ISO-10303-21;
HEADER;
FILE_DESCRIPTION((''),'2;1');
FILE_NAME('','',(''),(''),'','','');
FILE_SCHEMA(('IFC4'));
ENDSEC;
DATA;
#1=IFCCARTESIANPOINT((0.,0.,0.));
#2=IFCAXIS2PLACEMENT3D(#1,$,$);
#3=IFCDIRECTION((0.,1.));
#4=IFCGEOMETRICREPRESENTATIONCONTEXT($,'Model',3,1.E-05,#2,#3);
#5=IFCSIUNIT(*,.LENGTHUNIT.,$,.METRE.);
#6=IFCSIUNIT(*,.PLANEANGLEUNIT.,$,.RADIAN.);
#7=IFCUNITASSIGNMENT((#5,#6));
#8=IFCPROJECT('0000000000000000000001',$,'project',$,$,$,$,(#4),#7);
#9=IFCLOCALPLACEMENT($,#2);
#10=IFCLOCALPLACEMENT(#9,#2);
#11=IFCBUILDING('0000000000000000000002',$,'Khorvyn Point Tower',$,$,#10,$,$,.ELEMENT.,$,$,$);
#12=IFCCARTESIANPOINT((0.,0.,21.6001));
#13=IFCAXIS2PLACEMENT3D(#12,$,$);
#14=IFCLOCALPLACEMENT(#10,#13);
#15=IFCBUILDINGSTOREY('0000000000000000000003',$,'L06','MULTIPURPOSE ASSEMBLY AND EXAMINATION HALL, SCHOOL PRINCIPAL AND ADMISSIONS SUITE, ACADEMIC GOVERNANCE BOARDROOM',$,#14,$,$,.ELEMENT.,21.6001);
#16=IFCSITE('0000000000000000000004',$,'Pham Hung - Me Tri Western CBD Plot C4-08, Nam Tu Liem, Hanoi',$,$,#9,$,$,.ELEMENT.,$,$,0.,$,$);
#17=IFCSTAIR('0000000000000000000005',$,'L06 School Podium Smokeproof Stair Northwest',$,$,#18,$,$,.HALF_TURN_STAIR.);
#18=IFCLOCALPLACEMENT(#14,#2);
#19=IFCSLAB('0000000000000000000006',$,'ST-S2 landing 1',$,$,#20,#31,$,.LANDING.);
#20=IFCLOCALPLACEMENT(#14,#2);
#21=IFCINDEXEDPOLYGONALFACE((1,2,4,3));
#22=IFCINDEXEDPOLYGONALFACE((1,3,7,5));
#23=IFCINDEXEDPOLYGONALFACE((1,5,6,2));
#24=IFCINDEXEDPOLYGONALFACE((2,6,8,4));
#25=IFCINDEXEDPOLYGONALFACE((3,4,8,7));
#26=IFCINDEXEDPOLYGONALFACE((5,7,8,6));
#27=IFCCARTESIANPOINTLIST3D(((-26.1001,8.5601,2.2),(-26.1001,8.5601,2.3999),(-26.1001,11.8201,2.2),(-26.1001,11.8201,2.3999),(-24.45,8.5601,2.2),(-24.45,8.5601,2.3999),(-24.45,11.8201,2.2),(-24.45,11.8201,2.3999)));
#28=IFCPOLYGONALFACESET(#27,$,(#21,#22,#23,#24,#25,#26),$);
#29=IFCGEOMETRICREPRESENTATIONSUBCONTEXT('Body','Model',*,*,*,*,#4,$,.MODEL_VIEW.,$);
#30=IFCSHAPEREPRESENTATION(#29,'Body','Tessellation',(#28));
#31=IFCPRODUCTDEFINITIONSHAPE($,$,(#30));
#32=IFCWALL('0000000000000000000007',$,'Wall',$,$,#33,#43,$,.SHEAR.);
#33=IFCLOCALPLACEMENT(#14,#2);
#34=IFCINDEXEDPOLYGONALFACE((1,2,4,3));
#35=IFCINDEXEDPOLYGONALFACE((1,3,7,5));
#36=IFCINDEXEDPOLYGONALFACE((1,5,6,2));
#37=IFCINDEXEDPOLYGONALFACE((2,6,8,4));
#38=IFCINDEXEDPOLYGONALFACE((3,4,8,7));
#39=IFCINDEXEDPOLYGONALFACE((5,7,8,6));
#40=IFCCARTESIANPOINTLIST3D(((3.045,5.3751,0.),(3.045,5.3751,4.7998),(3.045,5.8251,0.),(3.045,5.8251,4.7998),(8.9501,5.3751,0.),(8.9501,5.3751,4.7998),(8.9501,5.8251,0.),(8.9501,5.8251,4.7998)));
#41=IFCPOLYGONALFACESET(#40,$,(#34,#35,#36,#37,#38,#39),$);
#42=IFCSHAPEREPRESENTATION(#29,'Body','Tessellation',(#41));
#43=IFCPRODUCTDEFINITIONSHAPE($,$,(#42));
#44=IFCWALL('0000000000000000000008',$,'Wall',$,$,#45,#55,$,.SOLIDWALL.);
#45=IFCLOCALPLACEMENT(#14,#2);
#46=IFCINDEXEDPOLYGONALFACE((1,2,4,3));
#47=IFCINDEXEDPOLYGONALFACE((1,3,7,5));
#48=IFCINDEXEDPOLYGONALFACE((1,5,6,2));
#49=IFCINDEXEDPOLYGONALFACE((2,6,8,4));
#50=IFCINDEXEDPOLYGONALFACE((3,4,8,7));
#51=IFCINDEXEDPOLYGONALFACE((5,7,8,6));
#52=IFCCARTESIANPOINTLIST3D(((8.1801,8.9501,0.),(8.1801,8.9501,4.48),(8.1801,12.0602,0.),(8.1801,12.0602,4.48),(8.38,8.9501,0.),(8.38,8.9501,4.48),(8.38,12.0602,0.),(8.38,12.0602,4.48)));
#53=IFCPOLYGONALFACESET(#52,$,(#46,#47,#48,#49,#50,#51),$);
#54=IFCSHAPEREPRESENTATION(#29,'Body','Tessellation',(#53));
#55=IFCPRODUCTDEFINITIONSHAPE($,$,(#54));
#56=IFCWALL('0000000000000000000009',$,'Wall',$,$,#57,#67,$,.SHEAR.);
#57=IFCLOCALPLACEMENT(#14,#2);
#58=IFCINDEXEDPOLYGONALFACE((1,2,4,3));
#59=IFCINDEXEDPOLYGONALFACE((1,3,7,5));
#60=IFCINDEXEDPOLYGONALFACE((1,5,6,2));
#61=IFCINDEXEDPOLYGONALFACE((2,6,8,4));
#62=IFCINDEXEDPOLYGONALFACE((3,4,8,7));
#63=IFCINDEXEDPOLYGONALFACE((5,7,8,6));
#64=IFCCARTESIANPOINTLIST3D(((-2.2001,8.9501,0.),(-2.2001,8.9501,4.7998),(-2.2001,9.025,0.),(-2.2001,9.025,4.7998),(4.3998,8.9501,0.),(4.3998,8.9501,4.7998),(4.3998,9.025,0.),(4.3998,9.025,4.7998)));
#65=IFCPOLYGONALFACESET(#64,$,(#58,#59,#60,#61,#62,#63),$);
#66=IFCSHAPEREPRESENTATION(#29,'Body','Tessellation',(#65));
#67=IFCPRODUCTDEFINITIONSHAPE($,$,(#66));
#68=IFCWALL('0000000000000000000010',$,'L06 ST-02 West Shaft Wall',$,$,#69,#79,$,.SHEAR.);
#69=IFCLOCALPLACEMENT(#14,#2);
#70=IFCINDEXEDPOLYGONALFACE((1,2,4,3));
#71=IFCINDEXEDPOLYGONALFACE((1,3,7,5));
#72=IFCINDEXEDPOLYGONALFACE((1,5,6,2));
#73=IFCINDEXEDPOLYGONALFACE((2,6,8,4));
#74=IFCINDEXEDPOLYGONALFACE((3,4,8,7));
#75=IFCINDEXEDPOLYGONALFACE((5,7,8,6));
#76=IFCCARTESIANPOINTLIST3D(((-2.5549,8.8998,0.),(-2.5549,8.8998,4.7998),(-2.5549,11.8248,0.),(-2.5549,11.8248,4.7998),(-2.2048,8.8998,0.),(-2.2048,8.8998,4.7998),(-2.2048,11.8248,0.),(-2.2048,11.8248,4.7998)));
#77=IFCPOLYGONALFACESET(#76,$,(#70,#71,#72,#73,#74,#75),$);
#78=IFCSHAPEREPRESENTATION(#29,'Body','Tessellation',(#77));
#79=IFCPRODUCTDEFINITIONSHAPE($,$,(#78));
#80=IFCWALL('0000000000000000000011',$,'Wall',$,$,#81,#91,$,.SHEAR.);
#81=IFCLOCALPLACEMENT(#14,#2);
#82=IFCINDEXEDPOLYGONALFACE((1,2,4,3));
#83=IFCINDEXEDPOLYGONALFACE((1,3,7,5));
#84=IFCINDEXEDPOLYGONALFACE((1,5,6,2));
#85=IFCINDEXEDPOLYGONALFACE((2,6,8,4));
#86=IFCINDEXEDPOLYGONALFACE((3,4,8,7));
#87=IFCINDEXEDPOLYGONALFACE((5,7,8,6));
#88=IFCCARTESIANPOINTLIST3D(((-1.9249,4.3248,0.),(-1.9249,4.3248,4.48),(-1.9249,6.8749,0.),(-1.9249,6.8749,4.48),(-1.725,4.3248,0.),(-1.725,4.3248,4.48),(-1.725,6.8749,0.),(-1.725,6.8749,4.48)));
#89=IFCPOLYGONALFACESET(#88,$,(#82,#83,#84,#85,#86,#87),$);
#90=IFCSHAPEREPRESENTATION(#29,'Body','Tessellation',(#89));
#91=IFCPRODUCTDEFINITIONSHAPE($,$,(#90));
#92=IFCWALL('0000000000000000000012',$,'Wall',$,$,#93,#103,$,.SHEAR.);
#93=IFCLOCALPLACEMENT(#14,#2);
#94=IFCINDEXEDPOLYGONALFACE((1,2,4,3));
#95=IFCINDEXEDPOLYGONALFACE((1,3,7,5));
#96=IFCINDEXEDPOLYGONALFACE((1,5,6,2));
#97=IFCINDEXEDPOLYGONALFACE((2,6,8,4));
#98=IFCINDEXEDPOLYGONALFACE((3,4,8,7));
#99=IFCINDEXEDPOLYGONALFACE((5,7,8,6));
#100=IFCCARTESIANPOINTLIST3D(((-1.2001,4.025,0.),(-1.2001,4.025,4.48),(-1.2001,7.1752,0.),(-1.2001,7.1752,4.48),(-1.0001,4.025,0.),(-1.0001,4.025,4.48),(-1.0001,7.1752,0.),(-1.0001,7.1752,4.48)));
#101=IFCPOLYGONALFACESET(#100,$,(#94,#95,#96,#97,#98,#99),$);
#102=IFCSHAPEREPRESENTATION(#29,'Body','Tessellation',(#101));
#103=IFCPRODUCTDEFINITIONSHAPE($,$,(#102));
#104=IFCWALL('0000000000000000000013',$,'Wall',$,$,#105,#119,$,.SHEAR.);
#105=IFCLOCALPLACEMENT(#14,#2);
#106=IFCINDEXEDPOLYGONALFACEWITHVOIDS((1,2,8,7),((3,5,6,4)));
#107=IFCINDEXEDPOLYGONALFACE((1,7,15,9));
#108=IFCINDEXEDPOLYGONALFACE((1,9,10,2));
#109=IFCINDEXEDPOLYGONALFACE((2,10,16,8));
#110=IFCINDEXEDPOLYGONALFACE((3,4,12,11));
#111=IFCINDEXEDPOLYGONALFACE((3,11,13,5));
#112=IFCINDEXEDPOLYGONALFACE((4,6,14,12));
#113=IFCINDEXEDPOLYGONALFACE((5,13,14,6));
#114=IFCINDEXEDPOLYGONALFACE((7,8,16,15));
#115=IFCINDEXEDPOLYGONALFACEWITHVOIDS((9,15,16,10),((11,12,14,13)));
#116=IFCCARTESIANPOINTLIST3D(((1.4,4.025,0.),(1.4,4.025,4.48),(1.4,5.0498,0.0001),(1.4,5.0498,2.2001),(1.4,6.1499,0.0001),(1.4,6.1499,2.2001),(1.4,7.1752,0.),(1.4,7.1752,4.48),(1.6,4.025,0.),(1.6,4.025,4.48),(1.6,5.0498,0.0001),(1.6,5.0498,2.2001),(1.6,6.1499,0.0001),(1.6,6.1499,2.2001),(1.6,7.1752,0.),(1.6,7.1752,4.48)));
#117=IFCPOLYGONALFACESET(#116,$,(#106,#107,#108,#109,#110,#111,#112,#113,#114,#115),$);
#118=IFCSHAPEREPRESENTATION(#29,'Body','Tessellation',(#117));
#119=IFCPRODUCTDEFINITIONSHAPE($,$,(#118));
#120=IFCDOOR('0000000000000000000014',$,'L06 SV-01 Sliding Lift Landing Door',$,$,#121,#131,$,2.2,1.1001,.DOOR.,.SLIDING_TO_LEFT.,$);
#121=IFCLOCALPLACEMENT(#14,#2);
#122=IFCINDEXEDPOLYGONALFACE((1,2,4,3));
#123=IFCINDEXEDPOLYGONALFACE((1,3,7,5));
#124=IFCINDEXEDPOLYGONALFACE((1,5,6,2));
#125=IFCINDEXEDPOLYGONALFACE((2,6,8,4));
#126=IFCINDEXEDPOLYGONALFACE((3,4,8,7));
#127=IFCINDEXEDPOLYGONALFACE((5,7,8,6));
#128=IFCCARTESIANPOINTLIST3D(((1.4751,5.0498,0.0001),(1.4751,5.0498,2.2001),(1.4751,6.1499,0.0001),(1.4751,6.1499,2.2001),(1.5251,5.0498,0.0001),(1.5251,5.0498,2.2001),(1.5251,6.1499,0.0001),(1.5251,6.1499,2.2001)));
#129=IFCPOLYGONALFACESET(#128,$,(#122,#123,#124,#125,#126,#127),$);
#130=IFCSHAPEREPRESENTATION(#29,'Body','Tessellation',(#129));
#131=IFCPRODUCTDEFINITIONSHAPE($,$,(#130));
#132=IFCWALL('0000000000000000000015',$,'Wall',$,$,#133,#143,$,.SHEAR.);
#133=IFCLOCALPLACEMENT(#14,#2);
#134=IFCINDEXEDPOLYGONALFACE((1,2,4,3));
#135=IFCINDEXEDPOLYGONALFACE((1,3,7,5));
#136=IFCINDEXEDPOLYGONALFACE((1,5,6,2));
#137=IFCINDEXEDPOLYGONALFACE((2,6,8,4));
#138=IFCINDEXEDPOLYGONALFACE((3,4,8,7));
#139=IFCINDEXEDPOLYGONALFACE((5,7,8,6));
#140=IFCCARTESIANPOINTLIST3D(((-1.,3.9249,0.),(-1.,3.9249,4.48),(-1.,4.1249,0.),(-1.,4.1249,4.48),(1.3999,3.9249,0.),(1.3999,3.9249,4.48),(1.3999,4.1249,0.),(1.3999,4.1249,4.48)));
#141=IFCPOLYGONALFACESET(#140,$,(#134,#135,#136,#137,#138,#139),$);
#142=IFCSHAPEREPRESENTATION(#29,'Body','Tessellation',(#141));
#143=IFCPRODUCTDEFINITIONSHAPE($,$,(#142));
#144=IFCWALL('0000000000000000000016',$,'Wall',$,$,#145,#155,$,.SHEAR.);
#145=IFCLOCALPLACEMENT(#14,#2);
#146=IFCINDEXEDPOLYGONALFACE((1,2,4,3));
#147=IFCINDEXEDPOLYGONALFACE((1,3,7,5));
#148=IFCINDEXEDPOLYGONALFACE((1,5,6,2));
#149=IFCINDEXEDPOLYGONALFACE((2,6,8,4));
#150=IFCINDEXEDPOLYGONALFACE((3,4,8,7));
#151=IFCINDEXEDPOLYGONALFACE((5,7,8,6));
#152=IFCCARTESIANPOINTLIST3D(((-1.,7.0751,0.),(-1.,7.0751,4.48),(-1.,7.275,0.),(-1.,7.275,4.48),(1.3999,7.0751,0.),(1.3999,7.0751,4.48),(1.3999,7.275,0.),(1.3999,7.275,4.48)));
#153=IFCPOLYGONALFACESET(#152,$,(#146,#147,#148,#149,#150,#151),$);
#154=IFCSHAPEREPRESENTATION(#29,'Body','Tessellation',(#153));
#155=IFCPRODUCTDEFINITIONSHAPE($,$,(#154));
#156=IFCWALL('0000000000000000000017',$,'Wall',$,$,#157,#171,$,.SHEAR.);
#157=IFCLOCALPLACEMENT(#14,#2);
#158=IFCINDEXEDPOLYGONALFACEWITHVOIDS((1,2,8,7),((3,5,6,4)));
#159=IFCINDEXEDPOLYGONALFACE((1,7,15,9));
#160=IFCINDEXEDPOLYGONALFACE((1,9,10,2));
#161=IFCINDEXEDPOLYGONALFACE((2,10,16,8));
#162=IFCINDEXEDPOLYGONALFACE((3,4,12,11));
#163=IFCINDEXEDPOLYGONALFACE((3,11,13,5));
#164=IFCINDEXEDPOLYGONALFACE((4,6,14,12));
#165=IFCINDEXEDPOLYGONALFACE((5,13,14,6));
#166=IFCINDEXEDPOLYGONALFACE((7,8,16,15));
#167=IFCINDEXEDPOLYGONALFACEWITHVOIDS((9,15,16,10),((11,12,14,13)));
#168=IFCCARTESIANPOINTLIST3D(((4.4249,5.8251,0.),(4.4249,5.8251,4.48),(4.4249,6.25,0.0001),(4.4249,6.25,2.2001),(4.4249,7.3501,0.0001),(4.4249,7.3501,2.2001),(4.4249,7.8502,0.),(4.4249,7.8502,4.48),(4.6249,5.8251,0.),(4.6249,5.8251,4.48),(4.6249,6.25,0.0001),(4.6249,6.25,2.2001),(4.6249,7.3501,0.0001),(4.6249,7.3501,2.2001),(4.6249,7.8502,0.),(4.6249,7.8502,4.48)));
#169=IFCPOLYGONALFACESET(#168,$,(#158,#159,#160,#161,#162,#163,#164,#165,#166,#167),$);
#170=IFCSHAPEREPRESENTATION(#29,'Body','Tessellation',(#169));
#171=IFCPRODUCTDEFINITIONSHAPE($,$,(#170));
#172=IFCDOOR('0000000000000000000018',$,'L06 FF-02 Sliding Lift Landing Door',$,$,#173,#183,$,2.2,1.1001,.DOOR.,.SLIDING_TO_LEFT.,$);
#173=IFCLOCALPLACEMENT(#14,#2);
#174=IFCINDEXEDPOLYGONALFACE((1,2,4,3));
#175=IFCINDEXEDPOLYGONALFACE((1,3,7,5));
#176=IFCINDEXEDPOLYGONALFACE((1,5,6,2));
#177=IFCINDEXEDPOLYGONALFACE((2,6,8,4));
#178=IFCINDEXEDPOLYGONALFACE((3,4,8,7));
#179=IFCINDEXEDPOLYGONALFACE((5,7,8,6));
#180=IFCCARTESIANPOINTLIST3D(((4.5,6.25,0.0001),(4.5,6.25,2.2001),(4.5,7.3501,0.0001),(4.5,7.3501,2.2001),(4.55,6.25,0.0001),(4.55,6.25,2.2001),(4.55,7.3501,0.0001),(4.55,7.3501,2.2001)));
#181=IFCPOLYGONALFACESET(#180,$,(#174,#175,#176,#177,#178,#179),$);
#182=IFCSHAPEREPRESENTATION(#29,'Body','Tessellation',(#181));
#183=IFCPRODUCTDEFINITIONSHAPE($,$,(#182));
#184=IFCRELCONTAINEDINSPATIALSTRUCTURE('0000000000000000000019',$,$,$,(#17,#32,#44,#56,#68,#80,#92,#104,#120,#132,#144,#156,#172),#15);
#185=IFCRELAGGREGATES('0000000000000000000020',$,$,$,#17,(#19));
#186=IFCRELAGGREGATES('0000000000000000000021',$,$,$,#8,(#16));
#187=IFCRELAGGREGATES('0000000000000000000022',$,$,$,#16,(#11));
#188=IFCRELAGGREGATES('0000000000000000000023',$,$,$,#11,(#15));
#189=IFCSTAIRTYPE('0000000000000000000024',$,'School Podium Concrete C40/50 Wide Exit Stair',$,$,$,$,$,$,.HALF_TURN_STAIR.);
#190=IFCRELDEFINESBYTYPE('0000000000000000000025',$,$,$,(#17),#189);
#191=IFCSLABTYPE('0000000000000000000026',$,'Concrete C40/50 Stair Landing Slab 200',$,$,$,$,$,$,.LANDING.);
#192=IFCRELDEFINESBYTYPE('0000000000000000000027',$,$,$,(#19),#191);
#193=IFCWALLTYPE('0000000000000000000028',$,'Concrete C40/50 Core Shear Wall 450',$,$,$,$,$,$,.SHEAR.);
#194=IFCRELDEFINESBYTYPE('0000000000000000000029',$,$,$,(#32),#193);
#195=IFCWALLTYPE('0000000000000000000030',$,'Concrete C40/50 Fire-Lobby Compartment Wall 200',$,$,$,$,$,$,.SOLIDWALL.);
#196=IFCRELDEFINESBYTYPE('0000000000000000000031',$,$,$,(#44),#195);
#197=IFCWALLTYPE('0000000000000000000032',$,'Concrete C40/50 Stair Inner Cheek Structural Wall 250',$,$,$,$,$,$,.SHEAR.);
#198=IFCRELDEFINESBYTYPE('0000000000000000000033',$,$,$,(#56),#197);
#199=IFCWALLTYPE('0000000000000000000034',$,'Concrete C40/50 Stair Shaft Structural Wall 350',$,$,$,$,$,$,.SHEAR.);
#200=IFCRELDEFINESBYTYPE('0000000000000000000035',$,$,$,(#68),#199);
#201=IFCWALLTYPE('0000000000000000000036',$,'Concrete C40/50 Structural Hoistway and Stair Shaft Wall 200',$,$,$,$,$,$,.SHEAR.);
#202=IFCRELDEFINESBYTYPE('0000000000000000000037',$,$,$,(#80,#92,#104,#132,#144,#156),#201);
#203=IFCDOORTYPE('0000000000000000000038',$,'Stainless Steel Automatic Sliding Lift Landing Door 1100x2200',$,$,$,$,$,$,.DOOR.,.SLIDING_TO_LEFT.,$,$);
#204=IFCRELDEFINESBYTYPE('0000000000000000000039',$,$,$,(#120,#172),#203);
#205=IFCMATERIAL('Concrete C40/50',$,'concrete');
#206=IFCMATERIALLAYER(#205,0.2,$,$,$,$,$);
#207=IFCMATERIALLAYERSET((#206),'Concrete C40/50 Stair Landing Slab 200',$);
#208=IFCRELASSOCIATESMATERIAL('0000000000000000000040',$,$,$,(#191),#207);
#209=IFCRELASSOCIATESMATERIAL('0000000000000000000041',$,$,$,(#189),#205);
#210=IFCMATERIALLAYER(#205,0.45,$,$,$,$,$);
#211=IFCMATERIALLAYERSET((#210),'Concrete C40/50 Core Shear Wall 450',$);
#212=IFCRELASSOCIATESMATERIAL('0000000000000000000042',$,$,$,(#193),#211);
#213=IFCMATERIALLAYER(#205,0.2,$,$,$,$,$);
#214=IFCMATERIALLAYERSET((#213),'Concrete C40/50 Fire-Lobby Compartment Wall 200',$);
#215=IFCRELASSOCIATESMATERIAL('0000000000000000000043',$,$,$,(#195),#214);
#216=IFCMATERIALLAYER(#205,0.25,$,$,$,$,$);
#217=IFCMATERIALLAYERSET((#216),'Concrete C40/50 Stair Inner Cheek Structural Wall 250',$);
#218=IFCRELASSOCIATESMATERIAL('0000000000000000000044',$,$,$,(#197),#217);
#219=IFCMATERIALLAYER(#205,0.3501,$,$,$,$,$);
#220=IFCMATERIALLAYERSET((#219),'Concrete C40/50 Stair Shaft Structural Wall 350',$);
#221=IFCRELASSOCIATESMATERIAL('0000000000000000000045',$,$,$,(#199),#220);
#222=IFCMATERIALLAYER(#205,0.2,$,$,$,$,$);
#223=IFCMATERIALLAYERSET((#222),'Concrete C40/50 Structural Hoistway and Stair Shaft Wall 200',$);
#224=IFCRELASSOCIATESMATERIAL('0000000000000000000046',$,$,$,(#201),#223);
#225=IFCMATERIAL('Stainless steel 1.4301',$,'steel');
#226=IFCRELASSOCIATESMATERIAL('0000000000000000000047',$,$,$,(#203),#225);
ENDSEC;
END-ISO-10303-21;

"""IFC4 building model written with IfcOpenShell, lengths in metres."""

from ifc_helpers import new_model, si_unit, direction, frame, frame_2d, origin, place, context, subcontext, project, spatial, polyline, rectangle, outline, extrude, material, layer, layer_set, type_object, element, fill, aggregate, save


model = new_model("IFC4")

# Units and contexts
model_context = context("Model", 3, precision=1e-05, world=origin(), true_north=direction((0.0, 1.0)))
body_context = subcontext(model_context, "Body", "Model", "MODEL_VIEW")
ifc_project = project(units=[si_unit("LENGTHUNIT", "METRE"), si_unit("PLANEANGLEUNIT", "RADIAN")], contexts=[model_context])

# Site, building, storey
site_placement = place(None, origin())
site = spatial("IfcSite", under=ifc_project, at=site_placement, Name="Pham Hung - Me Tri Western CBD Plot C4-08, Nam Tu Liem, Hanoi", CompositionType="ELEMENT", RefElevation=0.0)
building_placement = place(site_placement, origin())
building = spatial("IfcBuilding", under=site, at=building_placement, Name="Khorvyn Point Tower", CompositionType="ELEMENT")
storey_placement = place(building_placement, frame((0.0, 0.0, 21.6001)))
storey = spatial("IfcBuildingStorey", under=building, at=storey_placement, Name="L06", Description="MULTIPURPOSE ASSEMBLY AND EXAMINATION HALL, SCHOOL PRINCIPAL AND ADMISSIONS SUITE, ACADEMIC GOVERNANCE BOARDROOM", CompositionType="ELEMENT", Elevation=21.6001)

# Shared definitions
ifc_material_1 = material(Name="Concrete C40/50", Category="concrete")

# Stair, slab
ifc_layer_1 = layer(ifc_material_1, 0.2)
ifc_layer_set_1 = layer_set([ifc_layer_1], Name="Concrete C40/50 Stair Landing Slab 200")
slab_type = type_object("IfcSlabType", Name="Concrete C40/50 Stair Landing Slab 200", PredefinedType="LANDING", material=ifc_layer_set_1)
stair_type_1 = type_object("IfcStairType", Name="School Podium Concrete C40/50 Wide Exit Stair", PredefinedType="HALF_TURN_STAIR", material=ifc_material_1)
stair_1_placement = place(storey_placement, origin())
stair_1 = element("IfcStair", 1, at=stair_1_placement, inside=storey, type_object=stair_type_1, Name="L06 School Podium Smokeproof Stair Northwest", PredefinedType="HALF_TURN_STAIR")
slab_1_placement = place(storey_placement, frame((0.0, 0.0, 2.2)))
slab_1 = element("IfcSlab", 2, at=slab_1_placement, type_object=slab_type, Name="ST-S2 landing 1", PredefinedType="LANDING", context=body_context, shape_type="SweptSolid", body=[
    extrude(outline(polyline([(-26.1001, 8.5601), (-24.45, 8.5601), (-24.45, 11.8201), (-26.1001, 11.8201), (-26.1001, 8.5601)])), origin(), (0.0, 0.0, 1.0), 0.2),
])
aggregate(stair_1, [slab_1])

# Walls
ifc_layer_2 = layer(ifc_material_1, 0.45)
ifc_layer_set_2 = layer_set([ifc_layer_2], Name="Concrete C40/50 Core Shear Wall 450")
wall_type_1 = type_object("IfcWallType", Name="Concrete C40/50 Core Shear Wall 450", PredefinedType="SHEAR", material=ifc_layer_set_2)
wall_1_placement = place(storey_placement, frame((3.0449, 5.6001, 0.0), z_axis=(0.0, 0.0, 1.0), x_axis=(1.0, 0.0, 0.0)))
element("IfcWall", 3, at=wall_1_placement, inside=storey, type_object=wall_type_1, Name="Wall", PredefinedType="SHEAR", context=body_context, shape_type="SweptSolid", body=[
    extrude(rectangle(XDim=5.905, YDim=0.45, at=frame_2d((2.9526, 0.0))), origin(), (0.0, 0.0, 1.0), 4.7998),
])
ifc_layer_3 = layer(ifc_material_1, 0.2)
ifc_layer_set_3 = layer_set([ifc_layer_3], Name="Concrete C40/50 Fire-Lobby Compartment Wall 200")
wall_type_2 = type_object("IfcWallType", Name="Concrete C40/50 Fire-Lobby Compartment Wall 200", PredefinedType="SOLIDWALL", material=ifc_layer_set_3)
wall_2_placement = place(storey_placement, frame((8.28, 8.95, 0.0), z_axis=(0.0, 0.0, 1.0), x_axis=(0.0, 1.0, 0.0)))
element("IfcWall", 4, at=wall_2_placement, inside=storey, type_object=wall_type_2, Name="Wall", PredefinedType="SOLIDWALL", context=body_context, shape_type="SweptSolid", body=[
    extrude(rectangle(XDim=3.1101, YDim=0.2, at=frame_2d((1.5552, 0.0))), origin(), (0.0, 0.0, 1.0), 4.48),
])
ifc_layer_4 = layer(ifc_material_1, 0.25)
ifc_layer_set_4 = layer_set([ifc_layer_4], Name="Concrete C40/50 Stair Inner Cheek Structural Wall 250")
wall_type_3 = type_object("IfcWallType", Name="Concrete C40/50 Stair Inner Cheek Structural Wall 250", PredefinedType="SHEAR", material=ifc_layer_set_4)
wall_3_placement = place(storey_placement, frame((-2.2, 8.9875, 0.0), z_axis=(0.0, 0.0, 1.0), x_axis=(1.0, 0.0, 0.0)))
element("IfcWall", 5, at=wall_3_placement, inside=storey, type_object=wall_type_3, Name="Wall", PredefinedType="SHEAR", context=body_context, shape_type="SweptSolid", body=[
    extrude(rectangle(XDim=6.5999, YDim=0.075, at=frame_2d((3.2998, 0.0))), origin(), (0.0, 0.0, 1.0), 4.7998),
])
ifc_layer_5 = layer(ifc_material_1, 0.3501)
ifc_layer_set_5 = layer_set([ifc_layer_5], Name="Concrete C40/50 Stair Shaft Structural Wall 350")
wall_type_4 = type_object("IfcWallType", Name="Concrete C40/50 Stair Shaft Structural Wall 350", PredefinedType="SHEAR", material=ifc_layer_set_5)
wall_4_placement = place(storey_placement, frame((-2.3799, 8.8999, 0.0), z_axis=(0.0, 0.0, 1.0), x_axis=(0.0, 1.0, 0.0)))
element("IfcWall", 6, at=wall_4_placement, inside=storey, type_object=wall_type_4, Name="L06 ST-02 West Shaft Wall", PredefinedType="SHEAR", context=body_context, shape_type="SweptSolid", body=[
    extrude(rectangle(XDim=2.925, YDim=0.3501, at=frame_2d((1.4624, 0.0))), origin(), (0.0, 0.0, 1.0), 4.7998),
])
ifc_layer_6 = layer(ifc_material_1, 0.2)
ifc_layer_set_6 = layer_set([ifc_layer_6], Name="Concrete C40/50 Structural Hoistway and Stair Shaft Wall 200")
wall_type_5 = type_object("IfcWallType", Name="Concrete C40/50 Structural Hoistway and Stair Shaft Wall 200", PredefinedType="SHEAR", material=ifc_layer_set_6)
wall_5_placement = place(storey_placement, frame((-1.825, 4.325, 0.0), z_axis=(0.0, 0.0, 1.0), x_axis=(0.0, 1.0, 0.0)))
element("IfcWall", 7, at=wall_5_placement, inside=storey, type_object=wall_type_5, Name="Wall", PredefinedType="SHEAR", context=body_context, shape_type="SweptSolid", body=[
    extrude(rectangle(XDim=2.55, YDim=0.2, at=frame_2d((1.2749, 0.0))), origin(), (0.0, 0.0, 1.0), 4.48),
])
wall_6_placement = place(storey_placement, frame((-1.1001, 4.0249, 0.0), z_axis=(0.0, 0.0, 1.0), x_axis=(0.0, 1.0, 0.0)))
element("IfcWall", 8, at=wall_6_placement, inside=storey, type_object=wall_type_5, Name="Wall", PredefinedType="SHEAR", context=body_context, shape_type="SweptSolid", body=[
    extrude(rectangle(XDim=3.1501, YDim=0.2, at=frame_2d((1.5752, 0.0))), origin(), (0.0, 0.0, 1.0), 4.48),
])

# Wall, opening, door
wall_7_placement = place(storey_placement, frame((1.5, 4.0249, 0.0), z_axis=(0.0, 0.0, 1.0), x_axis=(0.0, 1.0, 0.0)))
wall_7 = element("IfcWall", 9, at=wall_7_placement, inside=storey, type_object=wall_type_5, Name="Wall", PredefinedType="SHEAR", context=body_context, shape_type="SweptSolid", body=[
    extrude(rectangle(XDim=3.1501, YDim=0.2, at=frame_2d((1.5752, 0.0))), origin(), (0.0, 0.0, 1.0), 4.48),
])
opening_1_placement = place(wall_7_placement, frame((1.0249, 0.0, 0.0)))
opening_1 = element("IfcOpeningElement", 10, at=opening_1_placement, cuts=wall_7, PredefinedType="OPENING", context=body_context, shape_type="SweptSolid", body=[
    extrude(rectangle(XDim=1.1001, YDim=2.2, at=frame_2d((0.55, 1.1001))), frame((0.0, 0.1099, 0.0), z_axis=(0.0, -1.0, 0.0), x_axis=(1.0, 0.0, 0.0)), (0.0, 0.0, 1.0), 0.22),
])
ifc_material_2 = material(Name="Stainless steel 1.4301", Category="steel")
door_type = type_object("IfcDoorType", Name="Stainless Steel Automatic Sliding Lift Landing Door 1100x2200", OperationType="SLIDING_TO_LEFT", PredefinedType="DOOR", material=ifc_material_2)
door_1_placement = place(opening_1_placement, origin())
door_1 = element("IfcDoor", 11, at=door_1_placement, inside=storey, type_object=door_type, Name="L06 SV-01 Sliding Lift Landing Door", OperationType="SLIDING_TO_LEFT", OverallHeight=2.2, OverallWidth=1.1001, PredefinedType="DOOR", context=body_context, shape_type="SweptSolid", body=[
    extrude(rectangle(XDim=1.1001, YDim=2.2, at=frame_2d((0.55, 1.1001))), frame((0.0, 0.0249, 0.0), z_axis=(0.0, -1.0, 0.0), x_axis=(1.0, 0.0, 0.0)), (0.0, 0.0, 1.0), 0.05),
])
fill(opening_1, door_1)

# Walls
for number, where, z_axis, x_axis, name in (
    (12, (-1.0, 4.0249, 0.0), (0.0, 0.0, 1.0), (1.0, 0.0, 0.0), "Wall"),
    (13, (-1.0, 7.175, 0.0), (0.0, 0.0, 1.0), (1.0, 0.0, 0.0), "Wall"),
):
    element("IfcWall", number, at=place(storey_placement, frame(where, z_axis=z_axis, x_axis=x_axis)), inside=storey, type_object=wall_type_5, Name=name, PredefinedType="SHEAR", context=body_context, shape_type="SweptSolid", body=[
        extrude(rectangle(XDim=2.3999, YDim=0.2, at=frame_2d((1.2, 0.0))), origin(), (0.0, 0.0, 1.0), 4.48),
    ])

# Wall, opening, door
wall_8_placement = place(storey_placement, frame((4.5249, 5.825, 0.0), z_axis=(0.0, 0.0, 1.0), x_axis=(0.0, 1.0, 0.0)))
wall_8 = element("IfcWall", 14, at=wall_8_placement, inside=storey, type_object=wall_type_5, Name="Wall", PredefinedType="SHEAR", context=body_context, shape_type="SweptSolid", body=[
    extrude(rectangle(XDim=2.0251, YDim=0.2, at=frame_2d((1.0127, 0.0))), origin(), (0.0, 0.0, 1.0), 4.48),
])
opening_2_placement = place(wall_8_placement, frame((0.425, 0.0, 0.0)))
opening_2 = element("IfcOpeningElement", 15, at=opening_2_placement, cuts=wall_8, PredefinedType="OPENING", context=body_context, shape_type="SweptSolid", body=[
    extrude(rectangle(XDim=1.1001, YDim=2.2, at=frame_2d((0.55, 1.1001))), frame((0.0, 0.1099, 0.0), z_axis=(0.0, -1.0, 0.0), x_axis=(1.0, 0.0, 0.0)), (0.0, 0.0, 1.0), 0.22),
])
door_2_placement = place(opening_2_placement, origin())
door_2 = element("IfcDoor", 16, at=door_2_placement, inside=storey, type_object=door_type, Name="L06 FF-02 Sliding Lift Landing Door", OperationType="SLIDING_TO_LEFT", OverallHeight=2.2, OverallWidth=1.1001, PredefinedType="DOOR", context=body_context, shape_type="SweptSolid", body=[
    extrude(rectangle(XDim=1.1001, YDim=2.2, at=frame_2d((0.55, 1.1001))), frame((0.0, 0.0249, 0.0), z_axis=(0.0, -1.0, 0.0), x_axis=(1.0, 0.0, 0.0)), (0.0, 0.0, 1.0), 0.05),
])
fill(opening_2, door_2)

save(model, "model.ifc")
